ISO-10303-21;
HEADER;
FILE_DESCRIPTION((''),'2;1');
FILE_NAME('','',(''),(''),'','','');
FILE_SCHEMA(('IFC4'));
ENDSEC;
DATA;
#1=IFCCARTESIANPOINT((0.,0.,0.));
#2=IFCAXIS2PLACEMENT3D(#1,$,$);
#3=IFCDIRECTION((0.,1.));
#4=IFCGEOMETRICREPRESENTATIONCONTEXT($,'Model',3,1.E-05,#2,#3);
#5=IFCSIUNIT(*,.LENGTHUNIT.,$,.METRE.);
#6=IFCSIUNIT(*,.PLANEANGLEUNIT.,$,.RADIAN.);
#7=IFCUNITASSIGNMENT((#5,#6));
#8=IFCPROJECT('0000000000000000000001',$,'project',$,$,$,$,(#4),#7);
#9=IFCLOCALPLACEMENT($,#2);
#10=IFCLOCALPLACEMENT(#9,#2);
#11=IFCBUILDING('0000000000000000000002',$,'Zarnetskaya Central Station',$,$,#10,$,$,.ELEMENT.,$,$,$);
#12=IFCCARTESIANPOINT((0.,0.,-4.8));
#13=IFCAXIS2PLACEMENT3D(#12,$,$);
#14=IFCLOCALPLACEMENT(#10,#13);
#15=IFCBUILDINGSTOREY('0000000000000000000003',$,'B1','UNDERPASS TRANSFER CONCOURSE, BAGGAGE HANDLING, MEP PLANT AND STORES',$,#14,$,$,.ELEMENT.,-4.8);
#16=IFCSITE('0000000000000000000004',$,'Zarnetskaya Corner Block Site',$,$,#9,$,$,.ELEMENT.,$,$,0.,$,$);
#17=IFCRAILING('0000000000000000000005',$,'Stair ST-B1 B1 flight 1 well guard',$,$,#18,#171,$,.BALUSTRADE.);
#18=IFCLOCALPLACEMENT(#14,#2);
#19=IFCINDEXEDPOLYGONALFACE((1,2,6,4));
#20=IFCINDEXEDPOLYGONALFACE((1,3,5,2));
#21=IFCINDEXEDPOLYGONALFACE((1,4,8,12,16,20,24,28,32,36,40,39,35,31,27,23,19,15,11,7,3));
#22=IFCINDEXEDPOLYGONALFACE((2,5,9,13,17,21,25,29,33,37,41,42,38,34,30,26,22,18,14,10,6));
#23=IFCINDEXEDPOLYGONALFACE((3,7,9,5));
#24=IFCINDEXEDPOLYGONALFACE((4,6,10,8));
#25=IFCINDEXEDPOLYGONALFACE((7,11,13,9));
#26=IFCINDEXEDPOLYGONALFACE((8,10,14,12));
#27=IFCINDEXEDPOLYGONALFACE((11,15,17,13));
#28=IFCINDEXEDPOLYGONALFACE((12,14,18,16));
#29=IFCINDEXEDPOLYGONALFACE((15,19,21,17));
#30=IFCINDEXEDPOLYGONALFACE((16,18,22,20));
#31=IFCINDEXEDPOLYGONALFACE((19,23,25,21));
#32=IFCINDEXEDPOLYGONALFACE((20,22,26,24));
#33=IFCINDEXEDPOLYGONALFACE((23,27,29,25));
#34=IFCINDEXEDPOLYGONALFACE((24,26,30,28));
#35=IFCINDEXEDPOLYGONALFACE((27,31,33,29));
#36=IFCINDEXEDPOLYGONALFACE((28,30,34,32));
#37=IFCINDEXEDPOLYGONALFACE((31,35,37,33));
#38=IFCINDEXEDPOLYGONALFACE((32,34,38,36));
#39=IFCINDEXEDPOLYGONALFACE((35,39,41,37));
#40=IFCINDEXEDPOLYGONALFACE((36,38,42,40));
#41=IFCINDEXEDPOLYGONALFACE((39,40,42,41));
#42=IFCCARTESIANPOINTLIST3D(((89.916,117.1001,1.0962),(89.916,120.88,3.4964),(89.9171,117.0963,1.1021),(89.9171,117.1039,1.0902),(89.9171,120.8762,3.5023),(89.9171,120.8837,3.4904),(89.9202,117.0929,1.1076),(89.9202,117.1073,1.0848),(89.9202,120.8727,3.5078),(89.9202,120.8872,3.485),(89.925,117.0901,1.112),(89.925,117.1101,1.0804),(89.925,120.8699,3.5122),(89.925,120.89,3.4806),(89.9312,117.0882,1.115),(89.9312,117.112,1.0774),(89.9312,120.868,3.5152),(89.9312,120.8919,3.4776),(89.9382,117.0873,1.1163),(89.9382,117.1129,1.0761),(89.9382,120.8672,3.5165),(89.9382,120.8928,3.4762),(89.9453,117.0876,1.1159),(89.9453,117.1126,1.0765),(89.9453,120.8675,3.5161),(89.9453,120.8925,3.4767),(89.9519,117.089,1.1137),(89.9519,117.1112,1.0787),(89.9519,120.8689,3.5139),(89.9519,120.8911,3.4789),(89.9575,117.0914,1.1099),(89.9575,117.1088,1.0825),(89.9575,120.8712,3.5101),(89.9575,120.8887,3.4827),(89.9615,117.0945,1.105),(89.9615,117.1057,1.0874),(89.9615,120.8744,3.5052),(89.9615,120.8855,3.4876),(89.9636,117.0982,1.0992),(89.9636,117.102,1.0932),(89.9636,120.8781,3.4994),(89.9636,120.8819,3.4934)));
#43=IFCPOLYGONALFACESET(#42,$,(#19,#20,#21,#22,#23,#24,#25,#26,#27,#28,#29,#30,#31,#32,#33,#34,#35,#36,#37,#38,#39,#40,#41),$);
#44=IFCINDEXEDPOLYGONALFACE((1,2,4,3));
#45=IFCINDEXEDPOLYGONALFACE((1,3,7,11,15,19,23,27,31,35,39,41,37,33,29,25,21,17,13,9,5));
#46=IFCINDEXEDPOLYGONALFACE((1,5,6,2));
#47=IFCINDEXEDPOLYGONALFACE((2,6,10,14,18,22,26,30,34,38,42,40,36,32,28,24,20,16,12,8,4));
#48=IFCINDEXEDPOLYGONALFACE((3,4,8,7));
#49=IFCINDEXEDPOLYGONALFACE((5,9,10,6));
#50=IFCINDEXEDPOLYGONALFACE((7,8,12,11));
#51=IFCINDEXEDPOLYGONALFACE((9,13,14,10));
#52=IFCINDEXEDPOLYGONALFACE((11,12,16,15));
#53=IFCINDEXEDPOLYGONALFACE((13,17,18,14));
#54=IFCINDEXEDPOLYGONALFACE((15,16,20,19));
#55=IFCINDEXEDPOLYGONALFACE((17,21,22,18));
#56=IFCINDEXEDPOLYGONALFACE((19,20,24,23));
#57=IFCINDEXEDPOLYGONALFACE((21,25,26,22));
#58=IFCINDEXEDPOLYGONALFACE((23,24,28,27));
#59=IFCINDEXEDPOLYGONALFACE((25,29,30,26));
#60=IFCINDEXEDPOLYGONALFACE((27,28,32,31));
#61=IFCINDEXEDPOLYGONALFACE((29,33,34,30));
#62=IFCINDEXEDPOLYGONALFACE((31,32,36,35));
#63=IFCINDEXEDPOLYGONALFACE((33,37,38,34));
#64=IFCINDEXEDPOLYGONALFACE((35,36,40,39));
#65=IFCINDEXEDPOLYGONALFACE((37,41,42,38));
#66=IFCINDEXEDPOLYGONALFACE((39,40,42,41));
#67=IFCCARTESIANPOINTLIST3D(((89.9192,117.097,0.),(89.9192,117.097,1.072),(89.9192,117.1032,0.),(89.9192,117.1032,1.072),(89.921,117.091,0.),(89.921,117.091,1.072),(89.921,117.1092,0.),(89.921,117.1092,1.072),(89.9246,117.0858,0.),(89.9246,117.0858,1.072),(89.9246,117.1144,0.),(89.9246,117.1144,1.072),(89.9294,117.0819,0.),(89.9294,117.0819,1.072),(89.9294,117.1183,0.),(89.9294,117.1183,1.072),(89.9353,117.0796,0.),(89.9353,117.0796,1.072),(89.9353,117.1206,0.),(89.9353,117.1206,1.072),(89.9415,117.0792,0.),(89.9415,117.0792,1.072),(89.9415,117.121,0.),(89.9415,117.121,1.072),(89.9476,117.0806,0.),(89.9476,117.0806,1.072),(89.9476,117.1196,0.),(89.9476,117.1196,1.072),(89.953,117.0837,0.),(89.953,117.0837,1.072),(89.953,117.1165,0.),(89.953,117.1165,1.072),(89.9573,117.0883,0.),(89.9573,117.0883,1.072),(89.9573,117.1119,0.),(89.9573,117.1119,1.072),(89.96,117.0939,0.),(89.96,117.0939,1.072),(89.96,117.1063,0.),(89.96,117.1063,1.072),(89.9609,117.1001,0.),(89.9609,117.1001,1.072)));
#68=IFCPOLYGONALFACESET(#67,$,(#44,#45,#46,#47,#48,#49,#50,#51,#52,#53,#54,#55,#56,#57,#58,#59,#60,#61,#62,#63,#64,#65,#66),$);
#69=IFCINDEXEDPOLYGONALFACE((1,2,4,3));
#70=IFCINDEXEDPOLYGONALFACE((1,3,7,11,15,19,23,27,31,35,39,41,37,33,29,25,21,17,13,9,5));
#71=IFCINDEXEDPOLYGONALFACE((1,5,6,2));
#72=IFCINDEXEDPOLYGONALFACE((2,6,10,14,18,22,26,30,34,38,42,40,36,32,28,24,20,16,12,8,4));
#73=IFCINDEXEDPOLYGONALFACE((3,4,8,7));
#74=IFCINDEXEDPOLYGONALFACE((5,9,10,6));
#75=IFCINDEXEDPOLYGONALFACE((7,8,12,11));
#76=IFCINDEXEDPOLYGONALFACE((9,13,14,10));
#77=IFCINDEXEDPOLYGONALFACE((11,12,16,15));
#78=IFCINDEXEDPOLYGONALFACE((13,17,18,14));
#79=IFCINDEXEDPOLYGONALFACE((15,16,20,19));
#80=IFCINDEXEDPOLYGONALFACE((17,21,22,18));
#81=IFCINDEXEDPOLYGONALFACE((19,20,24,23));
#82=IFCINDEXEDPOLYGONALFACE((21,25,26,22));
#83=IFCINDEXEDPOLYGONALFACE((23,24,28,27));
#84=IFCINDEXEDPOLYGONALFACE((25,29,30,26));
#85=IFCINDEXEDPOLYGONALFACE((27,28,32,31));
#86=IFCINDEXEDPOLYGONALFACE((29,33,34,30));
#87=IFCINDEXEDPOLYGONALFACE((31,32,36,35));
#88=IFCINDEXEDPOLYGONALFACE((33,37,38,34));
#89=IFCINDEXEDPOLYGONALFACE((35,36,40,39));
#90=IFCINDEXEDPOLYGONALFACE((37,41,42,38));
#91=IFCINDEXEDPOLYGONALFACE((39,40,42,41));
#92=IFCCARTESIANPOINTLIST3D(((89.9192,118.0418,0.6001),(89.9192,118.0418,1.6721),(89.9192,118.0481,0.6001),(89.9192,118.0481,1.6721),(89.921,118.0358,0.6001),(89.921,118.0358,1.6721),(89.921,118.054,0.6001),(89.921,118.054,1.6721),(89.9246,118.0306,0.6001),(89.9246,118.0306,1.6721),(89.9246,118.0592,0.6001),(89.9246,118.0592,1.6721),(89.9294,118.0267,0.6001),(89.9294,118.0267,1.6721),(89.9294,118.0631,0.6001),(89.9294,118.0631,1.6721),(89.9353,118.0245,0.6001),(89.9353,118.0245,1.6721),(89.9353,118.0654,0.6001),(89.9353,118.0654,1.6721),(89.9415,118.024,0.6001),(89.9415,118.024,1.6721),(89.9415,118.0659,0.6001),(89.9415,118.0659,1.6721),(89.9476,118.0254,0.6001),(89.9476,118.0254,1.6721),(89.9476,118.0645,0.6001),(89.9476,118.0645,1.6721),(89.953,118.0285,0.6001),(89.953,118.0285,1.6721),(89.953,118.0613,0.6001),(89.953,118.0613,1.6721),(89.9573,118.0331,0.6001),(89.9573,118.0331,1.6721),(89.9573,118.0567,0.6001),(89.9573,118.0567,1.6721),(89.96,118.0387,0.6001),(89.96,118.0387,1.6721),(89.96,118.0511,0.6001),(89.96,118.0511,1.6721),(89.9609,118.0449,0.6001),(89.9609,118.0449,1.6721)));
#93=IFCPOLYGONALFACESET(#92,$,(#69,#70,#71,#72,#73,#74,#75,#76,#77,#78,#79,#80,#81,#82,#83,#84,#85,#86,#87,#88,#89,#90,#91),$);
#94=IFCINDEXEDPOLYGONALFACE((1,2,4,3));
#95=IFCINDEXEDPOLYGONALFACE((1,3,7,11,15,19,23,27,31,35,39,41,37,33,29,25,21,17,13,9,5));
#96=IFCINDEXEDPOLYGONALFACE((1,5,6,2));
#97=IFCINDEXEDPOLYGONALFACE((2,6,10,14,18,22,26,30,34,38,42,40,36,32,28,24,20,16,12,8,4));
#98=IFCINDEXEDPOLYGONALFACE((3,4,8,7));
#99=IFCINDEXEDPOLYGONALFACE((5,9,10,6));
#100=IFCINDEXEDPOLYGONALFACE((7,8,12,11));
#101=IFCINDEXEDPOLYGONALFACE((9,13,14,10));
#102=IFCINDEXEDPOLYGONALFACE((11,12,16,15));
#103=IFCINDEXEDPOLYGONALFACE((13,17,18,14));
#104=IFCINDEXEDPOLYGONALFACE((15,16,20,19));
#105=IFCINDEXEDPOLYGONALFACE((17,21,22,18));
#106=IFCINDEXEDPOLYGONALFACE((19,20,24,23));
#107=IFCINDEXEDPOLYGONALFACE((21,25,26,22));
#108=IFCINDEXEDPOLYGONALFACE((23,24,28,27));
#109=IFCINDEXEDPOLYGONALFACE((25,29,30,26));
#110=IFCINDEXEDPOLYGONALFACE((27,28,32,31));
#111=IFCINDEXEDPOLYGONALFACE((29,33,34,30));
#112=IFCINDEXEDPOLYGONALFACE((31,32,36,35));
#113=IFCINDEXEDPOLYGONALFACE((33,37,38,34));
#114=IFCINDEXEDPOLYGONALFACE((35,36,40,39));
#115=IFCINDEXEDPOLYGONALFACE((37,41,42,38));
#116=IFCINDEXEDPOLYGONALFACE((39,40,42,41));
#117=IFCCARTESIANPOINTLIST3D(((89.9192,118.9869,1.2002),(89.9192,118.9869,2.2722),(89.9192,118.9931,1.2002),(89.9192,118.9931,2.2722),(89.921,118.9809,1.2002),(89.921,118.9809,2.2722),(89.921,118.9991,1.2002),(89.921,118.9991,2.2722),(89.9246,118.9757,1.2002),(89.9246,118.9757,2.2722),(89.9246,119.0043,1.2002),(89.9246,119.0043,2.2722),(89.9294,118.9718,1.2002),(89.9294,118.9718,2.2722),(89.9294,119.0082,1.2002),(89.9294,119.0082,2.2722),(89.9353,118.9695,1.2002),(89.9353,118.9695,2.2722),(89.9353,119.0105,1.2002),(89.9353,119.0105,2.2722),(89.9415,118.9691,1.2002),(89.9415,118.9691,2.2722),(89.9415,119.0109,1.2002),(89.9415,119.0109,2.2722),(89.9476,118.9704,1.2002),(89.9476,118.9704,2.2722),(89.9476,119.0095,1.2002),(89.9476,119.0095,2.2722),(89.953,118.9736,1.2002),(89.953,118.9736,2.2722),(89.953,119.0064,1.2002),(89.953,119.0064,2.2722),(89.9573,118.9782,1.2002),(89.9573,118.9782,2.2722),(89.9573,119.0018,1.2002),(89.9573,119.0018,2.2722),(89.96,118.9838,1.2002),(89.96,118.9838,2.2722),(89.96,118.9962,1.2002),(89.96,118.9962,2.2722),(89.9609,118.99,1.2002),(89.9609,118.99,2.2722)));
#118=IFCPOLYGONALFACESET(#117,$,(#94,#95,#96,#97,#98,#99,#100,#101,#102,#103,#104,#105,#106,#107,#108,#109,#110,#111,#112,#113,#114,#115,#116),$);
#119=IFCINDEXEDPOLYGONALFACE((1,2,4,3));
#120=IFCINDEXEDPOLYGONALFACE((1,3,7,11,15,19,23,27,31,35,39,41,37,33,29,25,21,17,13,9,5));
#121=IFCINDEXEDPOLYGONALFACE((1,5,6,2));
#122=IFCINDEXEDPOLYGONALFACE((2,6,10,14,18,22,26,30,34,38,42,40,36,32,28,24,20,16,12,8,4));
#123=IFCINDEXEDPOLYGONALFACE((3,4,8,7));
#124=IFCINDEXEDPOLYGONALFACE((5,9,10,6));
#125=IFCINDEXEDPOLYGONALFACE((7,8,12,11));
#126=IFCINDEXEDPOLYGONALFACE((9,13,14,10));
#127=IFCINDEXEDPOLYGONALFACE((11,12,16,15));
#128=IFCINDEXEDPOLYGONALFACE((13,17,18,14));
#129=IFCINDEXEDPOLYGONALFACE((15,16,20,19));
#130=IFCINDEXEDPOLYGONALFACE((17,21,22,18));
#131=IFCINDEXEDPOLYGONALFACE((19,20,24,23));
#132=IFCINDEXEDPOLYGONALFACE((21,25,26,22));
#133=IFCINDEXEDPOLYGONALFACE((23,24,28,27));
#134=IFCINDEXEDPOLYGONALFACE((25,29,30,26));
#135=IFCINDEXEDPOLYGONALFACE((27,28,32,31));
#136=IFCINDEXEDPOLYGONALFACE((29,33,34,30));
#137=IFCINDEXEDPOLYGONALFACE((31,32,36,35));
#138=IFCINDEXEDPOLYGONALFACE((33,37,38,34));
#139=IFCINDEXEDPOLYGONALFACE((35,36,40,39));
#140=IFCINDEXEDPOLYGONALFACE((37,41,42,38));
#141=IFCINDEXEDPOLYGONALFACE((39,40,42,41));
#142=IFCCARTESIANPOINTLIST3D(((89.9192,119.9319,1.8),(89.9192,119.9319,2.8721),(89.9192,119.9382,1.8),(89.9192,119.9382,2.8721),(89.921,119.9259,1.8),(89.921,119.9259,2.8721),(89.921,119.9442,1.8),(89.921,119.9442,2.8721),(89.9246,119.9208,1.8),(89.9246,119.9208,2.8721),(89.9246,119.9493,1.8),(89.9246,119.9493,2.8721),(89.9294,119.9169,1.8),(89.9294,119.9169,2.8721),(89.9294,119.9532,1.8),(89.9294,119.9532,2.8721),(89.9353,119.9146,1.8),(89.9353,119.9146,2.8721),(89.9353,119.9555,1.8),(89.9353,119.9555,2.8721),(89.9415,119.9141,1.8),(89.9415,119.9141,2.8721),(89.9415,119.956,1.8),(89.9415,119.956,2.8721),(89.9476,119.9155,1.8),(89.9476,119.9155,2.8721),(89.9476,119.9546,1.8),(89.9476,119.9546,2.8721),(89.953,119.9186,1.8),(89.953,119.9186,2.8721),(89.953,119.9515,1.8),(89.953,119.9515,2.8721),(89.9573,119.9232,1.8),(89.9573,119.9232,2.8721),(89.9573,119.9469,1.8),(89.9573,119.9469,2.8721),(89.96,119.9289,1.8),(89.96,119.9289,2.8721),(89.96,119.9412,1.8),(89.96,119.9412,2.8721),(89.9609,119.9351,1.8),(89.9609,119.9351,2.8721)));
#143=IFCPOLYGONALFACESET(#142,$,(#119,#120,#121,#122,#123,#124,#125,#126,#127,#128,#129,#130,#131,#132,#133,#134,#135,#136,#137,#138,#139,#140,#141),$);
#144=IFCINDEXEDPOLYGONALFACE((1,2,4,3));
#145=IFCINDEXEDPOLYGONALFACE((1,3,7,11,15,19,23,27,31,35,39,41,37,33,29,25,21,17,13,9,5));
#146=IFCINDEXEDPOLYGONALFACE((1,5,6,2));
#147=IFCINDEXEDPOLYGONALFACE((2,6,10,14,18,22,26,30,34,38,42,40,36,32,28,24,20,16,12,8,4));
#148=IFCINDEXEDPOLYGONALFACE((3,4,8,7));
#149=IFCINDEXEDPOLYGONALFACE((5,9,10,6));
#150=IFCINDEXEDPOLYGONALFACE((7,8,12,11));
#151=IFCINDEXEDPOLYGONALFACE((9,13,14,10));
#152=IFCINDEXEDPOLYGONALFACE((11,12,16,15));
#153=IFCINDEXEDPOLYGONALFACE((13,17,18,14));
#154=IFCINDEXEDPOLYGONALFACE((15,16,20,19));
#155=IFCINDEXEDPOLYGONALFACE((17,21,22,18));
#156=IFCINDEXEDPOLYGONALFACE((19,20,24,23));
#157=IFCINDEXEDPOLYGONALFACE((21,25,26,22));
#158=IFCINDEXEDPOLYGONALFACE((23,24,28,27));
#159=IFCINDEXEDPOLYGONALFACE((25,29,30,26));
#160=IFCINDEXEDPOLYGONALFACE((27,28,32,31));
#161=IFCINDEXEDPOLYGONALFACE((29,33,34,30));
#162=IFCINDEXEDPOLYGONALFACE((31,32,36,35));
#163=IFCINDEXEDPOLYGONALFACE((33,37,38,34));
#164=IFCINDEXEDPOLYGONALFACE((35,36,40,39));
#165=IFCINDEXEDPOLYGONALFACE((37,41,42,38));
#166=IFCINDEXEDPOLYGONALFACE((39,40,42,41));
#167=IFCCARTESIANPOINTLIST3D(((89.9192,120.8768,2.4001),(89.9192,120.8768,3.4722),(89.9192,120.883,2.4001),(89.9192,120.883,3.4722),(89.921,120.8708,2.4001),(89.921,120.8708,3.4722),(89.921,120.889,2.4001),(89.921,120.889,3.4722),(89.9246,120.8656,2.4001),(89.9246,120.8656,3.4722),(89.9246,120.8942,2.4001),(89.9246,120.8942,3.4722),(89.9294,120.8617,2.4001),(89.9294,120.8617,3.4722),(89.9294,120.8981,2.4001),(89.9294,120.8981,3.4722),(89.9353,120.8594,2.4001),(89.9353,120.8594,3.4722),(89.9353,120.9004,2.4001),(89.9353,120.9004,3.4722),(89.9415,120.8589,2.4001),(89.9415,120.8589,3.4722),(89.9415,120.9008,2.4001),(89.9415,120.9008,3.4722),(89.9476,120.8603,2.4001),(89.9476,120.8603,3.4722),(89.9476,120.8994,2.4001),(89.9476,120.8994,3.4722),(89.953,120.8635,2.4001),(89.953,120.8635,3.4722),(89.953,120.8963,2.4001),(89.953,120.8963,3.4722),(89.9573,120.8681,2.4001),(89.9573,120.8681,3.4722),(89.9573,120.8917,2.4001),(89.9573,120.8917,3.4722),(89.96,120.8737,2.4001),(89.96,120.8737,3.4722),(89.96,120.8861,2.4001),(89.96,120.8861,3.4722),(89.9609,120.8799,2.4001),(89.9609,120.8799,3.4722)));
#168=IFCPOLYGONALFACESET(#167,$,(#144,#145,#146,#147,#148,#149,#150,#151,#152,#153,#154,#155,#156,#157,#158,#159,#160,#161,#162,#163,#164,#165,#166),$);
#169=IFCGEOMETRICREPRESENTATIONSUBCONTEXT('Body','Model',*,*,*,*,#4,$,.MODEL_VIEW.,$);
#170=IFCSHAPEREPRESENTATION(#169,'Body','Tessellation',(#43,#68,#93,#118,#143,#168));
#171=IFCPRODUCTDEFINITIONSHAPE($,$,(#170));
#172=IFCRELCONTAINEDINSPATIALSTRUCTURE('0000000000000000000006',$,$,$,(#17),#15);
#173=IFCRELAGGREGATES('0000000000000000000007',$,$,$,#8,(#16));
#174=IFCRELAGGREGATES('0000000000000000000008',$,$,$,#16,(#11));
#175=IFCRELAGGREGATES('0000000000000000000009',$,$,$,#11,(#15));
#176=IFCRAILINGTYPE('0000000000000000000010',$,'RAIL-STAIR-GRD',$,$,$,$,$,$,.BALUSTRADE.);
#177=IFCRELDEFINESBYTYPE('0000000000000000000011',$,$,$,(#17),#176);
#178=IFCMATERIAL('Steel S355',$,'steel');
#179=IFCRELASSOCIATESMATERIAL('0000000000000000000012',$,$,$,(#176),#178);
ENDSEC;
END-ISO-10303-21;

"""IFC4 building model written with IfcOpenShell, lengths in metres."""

from ifc_helpers import new_model, si_unit, direction, frame, origin, origin_2d, place, context, subcontext, project, spatial, circle, extrude, material, type_object, element, save


model = new_model("IFC4")

# Units and contexts
model_context = context("Model", 3, precision=1e-05, world=origin(), true_north=direction((0.0, 1.0)))
body_context = subcontext(model_context, "Body", "Model", "MODEL_VIEW")
ifc_project = project(units=[si_unit("LENGTHUNIT", "METRE"), si_unit("PLANEANGLEUNIT", "RADIAN")], contexts=[model_context])

# Site, building, storey
site_placement = place(None, origin())
site = spatial("IfcSite", under=ifc_project, at=site_placement, Name="Zarnetskaya Corner Block Site", CompositionType="ELEMENT", RefElevation=0.0)
building_placement = place(site_placement, origin())
building = spatial("IfcBuilding", under=site, at=building_placement, Name="Zarnetskaya Central Station", CompositionType="ELEMENT")
storey_placement = place(building_placement, frame((0.0, 0.0, -4.8)))
storey = spatial("IfcBuildingStorey", under=building, at=storey_placement, Name="B1", Description="UNDERPASS TRANSFER CONCOURSE, BAGGAGE HANDLING, MEP PLANT AND STORES", CompositionType="ELEMENT", Elevation=-4.8)

# Railing
ifc_material_1 = material(Name="Steel S355", Category="steel")
railing_type_1 = type_object("IfcRailingType", Name="RAIL-STAIR-GRD", PredefinedType="BALUSTRADE", material=ifc_material_1)
railing_1_placement = place(storey_placement, frame((89.9399, 117.1001, 0.0)))
element("IfcRailing", 1, at=railing_1_placement, inside=storey, type_object=railing_type_1, Name="Stair ST-B1 B1 flight 1 well guard", PredefinedType="BALUSTRADE", context=body_context, shape_type="SweptSolid", body=[
    extrude(circle(Radius=0.0239, at=origin_2d()), frame((0.0, 0.0, 1.0962), z_axis=(0.0, 0.844184, 0.536053), x_axis=(-1.0, 0.0, 0.0)), (0.0, 0.0, 1.0), 4.4775),
    extrude(circle(Radius=0.021, at=origin_2d()), origin(), (0.0, 0.0, 1.0), 1.072),
    extrude(circle(Radius=0.021, at=origin_2d()), frame((0.0, 0.9448, 0.6001)), (0.0, 0.0, 1.0), 1.072),
    extrude(circle(Radius=0.021, at=origin_2d()), frame((0.0, 1.8899, 1.2002)), (0.0, 0.0, 1.0), 1.072),
    extrude(circle(Radius=0.021, at=origin_2d()), frame((0.0, 2.835, 1.8)), (0.0, 0.0, 1.0), 1.072),
    extrude(circle(Radius=0.021, at=origin_2d()), frame((0.0, 3.7798, 2.4001)), (0.0, 0.0, 1.0), 1.072),
])

save(model, "model.ifc")
